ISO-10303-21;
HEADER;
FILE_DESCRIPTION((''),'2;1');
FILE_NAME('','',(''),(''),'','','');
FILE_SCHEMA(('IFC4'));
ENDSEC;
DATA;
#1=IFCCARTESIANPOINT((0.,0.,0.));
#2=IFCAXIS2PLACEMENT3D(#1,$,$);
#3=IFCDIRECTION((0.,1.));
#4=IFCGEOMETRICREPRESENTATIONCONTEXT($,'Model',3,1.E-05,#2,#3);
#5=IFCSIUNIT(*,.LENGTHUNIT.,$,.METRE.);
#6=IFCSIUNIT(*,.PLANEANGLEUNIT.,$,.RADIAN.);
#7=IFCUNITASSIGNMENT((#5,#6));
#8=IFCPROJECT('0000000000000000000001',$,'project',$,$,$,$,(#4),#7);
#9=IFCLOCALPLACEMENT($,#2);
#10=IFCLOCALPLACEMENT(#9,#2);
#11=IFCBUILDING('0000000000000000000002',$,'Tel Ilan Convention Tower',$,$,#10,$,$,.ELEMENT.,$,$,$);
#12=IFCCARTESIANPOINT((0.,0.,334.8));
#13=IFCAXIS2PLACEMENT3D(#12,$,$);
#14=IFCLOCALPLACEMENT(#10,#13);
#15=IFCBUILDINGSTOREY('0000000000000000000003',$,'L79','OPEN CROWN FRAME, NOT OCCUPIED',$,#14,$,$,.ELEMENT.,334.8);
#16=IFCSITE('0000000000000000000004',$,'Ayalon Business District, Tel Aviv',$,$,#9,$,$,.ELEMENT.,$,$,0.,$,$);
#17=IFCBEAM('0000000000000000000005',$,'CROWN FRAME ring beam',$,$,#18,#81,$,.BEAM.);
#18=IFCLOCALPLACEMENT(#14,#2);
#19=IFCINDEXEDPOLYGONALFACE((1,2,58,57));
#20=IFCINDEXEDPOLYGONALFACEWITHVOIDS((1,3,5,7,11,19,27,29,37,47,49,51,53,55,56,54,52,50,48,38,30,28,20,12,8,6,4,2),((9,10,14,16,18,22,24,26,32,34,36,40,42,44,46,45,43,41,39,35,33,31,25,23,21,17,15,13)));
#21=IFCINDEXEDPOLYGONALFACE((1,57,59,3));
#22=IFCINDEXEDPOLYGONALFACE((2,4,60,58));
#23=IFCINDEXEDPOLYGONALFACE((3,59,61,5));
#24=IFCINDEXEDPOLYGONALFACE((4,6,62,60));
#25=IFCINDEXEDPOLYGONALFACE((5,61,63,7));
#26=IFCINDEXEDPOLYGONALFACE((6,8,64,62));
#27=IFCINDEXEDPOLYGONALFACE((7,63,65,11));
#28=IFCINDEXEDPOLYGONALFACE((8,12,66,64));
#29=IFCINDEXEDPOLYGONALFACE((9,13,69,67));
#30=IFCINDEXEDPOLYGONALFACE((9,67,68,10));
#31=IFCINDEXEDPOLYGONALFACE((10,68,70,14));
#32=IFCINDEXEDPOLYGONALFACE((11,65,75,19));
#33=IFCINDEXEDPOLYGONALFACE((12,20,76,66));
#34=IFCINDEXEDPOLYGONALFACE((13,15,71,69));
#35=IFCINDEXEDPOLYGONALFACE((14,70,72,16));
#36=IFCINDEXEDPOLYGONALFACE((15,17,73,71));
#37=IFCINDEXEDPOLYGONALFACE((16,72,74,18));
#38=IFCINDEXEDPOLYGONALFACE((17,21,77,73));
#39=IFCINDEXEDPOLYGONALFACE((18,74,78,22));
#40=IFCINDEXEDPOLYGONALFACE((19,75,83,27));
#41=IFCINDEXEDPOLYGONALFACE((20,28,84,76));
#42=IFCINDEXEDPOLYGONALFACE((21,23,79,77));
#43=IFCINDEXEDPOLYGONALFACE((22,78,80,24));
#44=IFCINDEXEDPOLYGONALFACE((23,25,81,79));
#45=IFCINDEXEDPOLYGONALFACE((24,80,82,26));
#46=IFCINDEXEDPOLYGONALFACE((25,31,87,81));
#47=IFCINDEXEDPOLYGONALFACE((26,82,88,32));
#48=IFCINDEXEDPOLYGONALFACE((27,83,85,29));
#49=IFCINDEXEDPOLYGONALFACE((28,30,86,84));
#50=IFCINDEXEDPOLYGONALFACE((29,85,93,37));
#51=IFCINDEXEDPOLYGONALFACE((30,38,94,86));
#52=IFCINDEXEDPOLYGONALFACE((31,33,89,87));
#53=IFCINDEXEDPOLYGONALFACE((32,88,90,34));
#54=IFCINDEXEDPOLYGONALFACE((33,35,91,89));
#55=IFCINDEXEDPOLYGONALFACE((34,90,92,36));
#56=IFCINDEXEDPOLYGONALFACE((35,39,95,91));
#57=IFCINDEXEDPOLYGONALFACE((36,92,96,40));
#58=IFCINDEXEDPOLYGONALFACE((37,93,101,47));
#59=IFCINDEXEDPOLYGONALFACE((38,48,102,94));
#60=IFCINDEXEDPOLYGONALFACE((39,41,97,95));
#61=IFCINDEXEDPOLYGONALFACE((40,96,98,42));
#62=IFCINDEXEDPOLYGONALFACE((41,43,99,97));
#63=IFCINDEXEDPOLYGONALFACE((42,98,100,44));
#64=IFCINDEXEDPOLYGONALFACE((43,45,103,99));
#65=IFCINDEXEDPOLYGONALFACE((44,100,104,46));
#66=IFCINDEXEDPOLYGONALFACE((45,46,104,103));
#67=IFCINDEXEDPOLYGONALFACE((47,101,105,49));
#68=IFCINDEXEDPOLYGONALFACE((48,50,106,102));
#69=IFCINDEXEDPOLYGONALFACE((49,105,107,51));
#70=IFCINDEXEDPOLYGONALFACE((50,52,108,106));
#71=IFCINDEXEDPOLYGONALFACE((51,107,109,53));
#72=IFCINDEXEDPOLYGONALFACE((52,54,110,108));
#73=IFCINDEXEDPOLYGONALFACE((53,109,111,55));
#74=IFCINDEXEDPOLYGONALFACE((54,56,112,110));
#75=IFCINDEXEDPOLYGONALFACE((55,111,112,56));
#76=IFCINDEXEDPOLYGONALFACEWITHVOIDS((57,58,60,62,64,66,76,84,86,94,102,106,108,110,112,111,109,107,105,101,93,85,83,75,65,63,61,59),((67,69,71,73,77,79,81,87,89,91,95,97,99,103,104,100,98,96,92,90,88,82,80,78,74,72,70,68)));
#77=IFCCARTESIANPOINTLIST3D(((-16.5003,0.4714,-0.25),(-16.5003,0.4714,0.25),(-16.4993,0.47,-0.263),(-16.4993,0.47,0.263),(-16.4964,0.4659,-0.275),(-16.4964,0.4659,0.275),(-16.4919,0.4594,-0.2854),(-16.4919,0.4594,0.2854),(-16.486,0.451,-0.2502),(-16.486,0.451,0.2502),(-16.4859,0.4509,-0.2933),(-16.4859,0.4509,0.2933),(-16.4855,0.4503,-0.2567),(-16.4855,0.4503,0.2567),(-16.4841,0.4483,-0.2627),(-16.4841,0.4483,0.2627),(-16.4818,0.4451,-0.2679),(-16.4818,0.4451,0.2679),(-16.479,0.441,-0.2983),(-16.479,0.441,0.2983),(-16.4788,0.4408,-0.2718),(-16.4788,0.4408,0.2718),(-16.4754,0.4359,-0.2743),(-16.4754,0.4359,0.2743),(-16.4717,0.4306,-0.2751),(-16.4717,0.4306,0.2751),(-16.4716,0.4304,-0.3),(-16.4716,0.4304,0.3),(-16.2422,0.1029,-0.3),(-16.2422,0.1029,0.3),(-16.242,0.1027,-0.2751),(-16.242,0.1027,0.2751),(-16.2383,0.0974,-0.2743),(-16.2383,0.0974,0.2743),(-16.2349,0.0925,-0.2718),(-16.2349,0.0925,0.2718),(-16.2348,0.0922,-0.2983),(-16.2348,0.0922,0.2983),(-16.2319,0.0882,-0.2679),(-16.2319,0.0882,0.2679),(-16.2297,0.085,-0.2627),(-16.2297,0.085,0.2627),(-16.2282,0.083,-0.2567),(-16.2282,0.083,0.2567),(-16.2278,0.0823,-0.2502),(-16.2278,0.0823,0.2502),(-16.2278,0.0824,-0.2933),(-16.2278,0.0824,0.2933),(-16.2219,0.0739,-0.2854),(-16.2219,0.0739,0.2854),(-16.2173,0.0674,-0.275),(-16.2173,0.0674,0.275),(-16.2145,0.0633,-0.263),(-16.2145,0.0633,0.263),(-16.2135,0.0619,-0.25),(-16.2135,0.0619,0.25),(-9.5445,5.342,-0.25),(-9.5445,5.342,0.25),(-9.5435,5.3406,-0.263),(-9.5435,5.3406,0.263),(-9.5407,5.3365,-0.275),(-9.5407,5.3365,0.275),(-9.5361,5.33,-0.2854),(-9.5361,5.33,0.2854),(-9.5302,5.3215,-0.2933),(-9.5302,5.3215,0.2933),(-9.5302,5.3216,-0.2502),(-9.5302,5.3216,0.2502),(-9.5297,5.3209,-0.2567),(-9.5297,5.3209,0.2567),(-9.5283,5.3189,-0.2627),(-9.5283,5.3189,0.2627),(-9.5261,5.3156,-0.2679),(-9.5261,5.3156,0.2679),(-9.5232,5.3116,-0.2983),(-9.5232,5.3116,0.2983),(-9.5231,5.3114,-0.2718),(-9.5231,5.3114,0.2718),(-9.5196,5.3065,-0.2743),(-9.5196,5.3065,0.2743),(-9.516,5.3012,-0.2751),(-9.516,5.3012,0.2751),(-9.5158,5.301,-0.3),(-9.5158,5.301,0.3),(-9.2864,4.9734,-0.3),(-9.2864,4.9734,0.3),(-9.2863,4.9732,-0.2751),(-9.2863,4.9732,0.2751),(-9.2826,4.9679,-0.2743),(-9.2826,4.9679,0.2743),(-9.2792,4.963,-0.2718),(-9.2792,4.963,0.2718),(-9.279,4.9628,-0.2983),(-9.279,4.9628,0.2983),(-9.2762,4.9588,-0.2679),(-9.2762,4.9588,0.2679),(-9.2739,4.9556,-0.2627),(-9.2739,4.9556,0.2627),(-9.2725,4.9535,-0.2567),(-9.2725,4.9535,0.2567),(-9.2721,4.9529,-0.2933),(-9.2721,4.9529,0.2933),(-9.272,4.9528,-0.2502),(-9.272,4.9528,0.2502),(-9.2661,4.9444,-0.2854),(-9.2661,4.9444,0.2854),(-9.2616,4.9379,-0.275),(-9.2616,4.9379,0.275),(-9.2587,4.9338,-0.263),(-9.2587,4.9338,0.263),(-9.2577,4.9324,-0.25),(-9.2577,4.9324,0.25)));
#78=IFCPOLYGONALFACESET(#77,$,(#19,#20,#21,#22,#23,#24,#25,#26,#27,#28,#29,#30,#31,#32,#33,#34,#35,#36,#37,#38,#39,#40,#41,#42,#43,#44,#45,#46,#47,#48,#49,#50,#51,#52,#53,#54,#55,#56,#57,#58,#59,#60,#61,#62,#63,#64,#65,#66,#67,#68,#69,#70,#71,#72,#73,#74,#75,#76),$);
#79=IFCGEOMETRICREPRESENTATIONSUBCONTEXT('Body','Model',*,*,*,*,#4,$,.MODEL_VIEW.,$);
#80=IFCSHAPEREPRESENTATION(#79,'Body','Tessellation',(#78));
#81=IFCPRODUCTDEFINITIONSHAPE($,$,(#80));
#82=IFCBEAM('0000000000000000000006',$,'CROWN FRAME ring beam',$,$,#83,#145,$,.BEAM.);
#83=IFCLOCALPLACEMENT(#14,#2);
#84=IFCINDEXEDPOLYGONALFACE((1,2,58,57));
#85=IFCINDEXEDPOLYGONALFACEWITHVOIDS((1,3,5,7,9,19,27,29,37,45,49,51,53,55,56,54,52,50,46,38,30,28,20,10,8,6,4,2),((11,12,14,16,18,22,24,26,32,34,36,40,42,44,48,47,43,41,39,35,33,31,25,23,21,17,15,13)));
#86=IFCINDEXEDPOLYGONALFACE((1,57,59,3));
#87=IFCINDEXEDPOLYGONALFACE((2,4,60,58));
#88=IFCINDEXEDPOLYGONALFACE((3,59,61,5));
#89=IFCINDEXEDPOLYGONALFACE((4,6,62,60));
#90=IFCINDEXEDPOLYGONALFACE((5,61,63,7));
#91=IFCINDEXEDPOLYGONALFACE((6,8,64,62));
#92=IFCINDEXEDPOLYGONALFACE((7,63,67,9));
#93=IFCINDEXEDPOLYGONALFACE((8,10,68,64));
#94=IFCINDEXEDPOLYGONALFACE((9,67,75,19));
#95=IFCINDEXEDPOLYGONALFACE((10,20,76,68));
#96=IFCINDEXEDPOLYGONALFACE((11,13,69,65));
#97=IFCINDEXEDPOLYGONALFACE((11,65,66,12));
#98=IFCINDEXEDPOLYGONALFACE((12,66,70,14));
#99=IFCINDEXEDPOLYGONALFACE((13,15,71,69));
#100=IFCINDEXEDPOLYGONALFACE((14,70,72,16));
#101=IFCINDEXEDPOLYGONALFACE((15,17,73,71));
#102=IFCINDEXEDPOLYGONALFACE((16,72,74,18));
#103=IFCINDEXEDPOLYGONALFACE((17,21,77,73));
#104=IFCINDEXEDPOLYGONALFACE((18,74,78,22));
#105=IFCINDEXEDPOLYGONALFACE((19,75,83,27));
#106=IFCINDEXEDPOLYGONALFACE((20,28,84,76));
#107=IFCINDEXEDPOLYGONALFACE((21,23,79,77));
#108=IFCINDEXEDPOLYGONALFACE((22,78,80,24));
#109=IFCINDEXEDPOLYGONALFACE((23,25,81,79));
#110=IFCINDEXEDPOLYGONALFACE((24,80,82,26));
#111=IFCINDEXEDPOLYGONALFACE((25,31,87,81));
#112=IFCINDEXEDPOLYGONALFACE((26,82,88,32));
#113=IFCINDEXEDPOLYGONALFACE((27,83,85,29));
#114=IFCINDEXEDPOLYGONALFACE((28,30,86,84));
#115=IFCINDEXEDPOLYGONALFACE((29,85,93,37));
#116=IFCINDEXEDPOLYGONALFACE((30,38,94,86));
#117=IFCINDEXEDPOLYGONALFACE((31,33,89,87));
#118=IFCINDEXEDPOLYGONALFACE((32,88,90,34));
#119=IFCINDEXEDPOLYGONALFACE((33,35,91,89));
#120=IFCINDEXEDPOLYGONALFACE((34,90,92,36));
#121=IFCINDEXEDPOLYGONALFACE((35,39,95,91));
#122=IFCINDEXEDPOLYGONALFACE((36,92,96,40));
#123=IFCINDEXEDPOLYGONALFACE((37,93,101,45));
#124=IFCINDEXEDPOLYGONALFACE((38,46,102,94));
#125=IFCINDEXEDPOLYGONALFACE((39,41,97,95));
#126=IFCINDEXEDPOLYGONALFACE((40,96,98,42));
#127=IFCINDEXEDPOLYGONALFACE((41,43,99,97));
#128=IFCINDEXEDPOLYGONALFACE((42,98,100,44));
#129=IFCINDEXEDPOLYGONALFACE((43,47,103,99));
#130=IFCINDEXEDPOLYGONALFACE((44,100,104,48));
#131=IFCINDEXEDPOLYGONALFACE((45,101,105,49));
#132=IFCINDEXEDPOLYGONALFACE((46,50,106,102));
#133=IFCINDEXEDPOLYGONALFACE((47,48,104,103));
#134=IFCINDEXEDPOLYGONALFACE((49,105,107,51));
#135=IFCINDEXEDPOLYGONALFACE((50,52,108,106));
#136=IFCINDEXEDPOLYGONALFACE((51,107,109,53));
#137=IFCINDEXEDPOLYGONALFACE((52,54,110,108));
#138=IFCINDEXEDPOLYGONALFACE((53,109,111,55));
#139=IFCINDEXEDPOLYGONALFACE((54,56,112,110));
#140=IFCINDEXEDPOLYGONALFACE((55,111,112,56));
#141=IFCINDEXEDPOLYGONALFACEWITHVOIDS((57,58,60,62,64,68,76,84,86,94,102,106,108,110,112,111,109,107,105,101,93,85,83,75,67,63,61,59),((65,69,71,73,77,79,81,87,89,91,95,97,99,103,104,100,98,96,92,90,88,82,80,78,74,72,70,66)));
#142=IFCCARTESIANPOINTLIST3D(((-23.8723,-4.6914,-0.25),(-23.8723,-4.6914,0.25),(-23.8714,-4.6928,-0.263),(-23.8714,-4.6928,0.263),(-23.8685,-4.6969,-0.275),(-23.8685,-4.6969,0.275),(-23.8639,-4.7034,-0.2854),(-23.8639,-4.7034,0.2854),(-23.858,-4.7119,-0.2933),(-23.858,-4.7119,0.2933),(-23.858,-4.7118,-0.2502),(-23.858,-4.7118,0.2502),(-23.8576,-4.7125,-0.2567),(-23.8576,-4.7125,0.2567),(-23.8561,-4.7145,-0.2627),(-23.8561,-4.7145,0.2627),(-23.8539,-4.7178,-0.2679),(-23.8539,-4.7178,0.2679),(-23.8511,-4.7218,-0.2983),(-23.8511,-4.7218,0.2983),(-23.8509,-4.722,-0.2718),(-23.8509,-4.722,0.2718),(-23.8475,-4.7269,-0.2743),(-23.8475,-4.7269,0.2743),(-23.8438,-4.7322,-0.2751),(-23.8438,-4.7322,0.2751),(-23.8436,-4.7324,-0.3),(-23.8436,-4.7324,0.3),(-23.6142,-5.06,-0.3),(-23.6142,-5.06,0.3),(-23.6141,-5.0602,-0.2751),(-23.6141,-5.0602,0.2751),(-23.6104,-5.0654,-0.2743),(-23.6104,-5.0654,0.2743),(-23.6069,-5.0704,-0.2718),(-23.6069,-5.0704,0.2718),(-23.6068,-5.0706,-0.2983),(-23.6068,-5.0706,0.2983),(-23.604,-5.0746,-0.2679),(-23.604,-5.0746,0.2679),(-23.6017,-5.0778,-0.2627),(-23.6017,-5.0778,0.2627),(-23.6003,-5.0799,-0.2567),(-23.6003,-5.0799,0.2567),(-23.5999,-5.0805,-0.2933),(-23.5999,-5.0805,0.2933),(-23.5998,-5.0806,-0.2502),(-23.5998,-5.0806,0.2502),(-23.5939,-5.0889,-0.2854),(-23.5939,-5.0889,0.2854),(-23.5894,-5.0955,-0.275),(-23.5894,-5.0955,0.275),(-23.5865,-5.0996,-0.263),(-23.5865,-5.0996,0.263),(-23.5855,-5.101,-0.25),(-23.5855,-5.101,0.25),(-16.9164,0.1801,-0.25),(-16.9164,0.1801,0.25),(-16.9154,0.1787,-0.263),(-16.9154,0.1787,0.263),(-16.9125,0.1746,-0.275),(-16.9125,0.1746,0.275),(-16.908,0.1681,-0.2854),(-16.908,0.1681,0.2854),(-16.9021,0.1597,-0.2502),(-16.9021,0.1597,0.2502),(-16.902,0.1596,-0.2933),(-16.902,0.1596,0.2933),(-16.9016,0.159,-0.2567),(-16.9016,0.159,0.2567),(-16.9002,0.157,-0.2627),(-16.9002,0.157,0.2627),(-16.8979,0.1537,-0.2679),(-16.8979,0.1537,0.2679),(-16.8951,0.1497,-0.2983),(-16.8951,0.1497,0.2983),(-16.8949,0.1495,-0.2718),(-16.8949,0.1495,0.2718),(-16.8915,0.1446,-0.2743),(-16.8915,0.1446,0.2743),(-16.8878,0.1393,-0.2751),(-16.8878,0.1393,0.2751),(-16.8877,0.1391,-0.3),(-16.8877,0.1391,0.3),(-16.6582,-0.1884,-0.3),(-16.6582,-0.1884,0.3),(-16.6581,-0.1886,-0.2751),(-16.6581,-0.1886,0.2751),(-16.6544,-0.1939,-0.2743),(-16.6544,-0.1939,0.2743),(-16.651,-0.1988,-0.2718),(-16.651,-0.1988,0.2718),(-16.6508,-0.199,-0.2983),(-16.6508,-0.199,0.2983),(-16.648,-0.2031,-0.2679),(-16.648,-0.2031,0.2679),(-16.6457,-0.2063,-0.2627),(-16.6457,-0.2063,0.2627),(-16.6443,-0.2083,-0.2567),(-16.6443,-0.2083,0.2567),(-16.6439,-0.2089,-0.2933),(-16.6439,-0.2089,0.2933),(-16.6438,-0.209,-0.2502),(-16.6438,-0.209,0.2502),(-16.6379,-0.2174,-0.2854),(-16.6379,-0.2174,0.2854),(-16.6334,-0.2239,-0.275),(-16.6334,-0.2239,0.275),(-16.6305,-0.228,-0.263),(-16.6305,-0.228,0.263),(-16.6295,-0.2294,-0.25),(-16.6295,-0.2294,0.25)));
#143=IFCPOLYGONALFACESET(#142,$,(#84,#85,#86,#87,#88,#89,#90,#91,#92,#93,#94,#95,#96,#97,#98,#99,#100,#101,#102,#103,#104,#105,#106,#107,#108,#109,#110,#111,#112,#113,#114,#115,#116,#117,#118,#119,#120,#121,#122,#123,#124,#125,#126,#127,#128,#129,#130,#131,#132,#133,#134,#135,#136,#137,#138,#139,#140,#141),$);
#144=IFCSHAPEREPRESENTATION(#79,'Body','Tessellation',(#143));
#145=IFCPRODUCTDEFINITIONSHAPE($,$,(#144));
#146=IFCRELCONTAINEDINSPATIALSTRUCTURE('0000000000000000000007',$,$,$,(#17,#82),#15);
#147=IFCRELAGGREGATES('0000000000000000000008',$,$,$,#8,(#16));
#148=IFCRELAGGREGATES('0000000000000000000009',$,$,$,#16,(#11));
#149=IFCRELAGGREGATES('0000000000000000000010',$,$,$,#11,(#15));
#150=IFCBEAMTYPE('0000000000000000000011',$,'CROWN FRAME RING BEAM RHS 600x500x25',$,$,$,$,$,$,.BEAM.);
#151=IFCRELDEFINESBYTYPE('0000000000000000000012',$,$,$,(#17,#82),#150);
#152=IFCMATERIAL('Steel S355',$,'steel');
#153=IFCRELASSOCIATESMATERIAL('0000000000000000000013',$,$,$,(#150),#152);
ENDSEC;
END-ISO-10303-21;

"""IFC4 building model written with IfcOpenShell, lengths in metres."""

from ifc_helpers import new_model, si_unit, direction, frame, origin, origin_2d, place, context, subcontext, project, spatial, hollow_rectangle, extrude, material, material_profile, profile_set, type_object, element, save


model = new_model("IFC4")

# Units and contexts
model_context = context("Model", 3, precision=1e-05, world=origin(), true_north=direction((0.0, 1.0)))
body_context = subcontext(model_context, "Body", "Model", "MODEL_VIEW")
ifc_project = project(units=[si_unit("LENGTHUNIT", "METRE"), si_unit("PLANEANGLEUNIT", "RADIAN")], contexts=[model_context])

# Site, building, storey
site_placement = place(None, origin())
site = spatial("IfcSite", under=ifc_project, at=site_placement, Name="Ayalon Business District, Tel Aviv", CompositionType="ELEMENT", RefElevation=0.0)
building_placement = place(site_placement, origin())
building = spatial("IfcBuilding", under=site, at=building_placement, Name="Tel Ilan Convention Tower", CompositionType="ELEMENT")
storey_placement = place(building_placement, frame((0.0, 0.0, 334.8)))
storey = spatial("IfcBuildingStorey", under=building, at=storey_placement, Name="L79", Description="OPEN CROWN FRAME, NOT OCCUPIED", CompositionType="ELEMENT", Elevation=334.8)

# Beams
ifc_material_1 = material(Name="Steel S355", Category="steel")
ifc_material_profile_1 = material_profile(ifc_material_1, hollow_rectangle(XDim=0.5, YDim=0.6001, WallThickness=0.0249, InnerFilletRadius=0.0249, OuterFilletRadius=0.05, at=origin_2d()), Name="RHS 600x500x25")
ifc_profile_set_1 = profile_set([ifc_material_profile_1], Name="Steel S355")
beam_type = type_object("IfcBeamType", Name="CROWN FRAME RING BEAM RHS 600x500x25", PredefinedType="BEAM", material=ifc_profile_set_1)
beam_1_placement = place(storey_placement, frame((-9.4011, 5.1372, 0.0), z_axis=(-0.819147, -0.573584, 0.0), x_axis=(0.573584, -0.819147, 0.0)))
element("IfcBeam", 1, at=beam_1_placement, inside=storey, type_object=beam_type, Name="CROWN FRAME ring beam", PredefinedType="BEAM", context=body_context, shape_type="SweptSolid", body=[
    extrude(hollow_rectangle(XDim=0.5, YDim=0.6001, WallThickness=0.0249, InnerFilletRadius=0.0249, OuterFilletRadius=0.05, at=origin_2d()), origin(), (0.0, 0.0, 1.0), 8.4915),
])
beam_2_placement = place(storey_placement, frame((-16.7729, -0.0247, 0.0), z_axis=(-0.819102, -0.573648, 0.0), x_axis=(0.573648, -0.819102, 0.0)))
element("IfcBeam", 2, at=beam_2_placement, inside=storey, type_object=beam_type, Name="CROWN FRAME ring beam", PredefinedType="BEAM", context=body_context, shape_type="SweptSolid", body=[
    extrude(hollow_rectangle(XDim=0.5, YDim=0.6001, WallThickness=0.0249, InnerFilletRadius=0.0249, OuterFilletRadius=0.05, at=origin_2d()), origin(), (0.0, 0.0, 1.0), 8.4922),
])

save(model, "model.ifc")
